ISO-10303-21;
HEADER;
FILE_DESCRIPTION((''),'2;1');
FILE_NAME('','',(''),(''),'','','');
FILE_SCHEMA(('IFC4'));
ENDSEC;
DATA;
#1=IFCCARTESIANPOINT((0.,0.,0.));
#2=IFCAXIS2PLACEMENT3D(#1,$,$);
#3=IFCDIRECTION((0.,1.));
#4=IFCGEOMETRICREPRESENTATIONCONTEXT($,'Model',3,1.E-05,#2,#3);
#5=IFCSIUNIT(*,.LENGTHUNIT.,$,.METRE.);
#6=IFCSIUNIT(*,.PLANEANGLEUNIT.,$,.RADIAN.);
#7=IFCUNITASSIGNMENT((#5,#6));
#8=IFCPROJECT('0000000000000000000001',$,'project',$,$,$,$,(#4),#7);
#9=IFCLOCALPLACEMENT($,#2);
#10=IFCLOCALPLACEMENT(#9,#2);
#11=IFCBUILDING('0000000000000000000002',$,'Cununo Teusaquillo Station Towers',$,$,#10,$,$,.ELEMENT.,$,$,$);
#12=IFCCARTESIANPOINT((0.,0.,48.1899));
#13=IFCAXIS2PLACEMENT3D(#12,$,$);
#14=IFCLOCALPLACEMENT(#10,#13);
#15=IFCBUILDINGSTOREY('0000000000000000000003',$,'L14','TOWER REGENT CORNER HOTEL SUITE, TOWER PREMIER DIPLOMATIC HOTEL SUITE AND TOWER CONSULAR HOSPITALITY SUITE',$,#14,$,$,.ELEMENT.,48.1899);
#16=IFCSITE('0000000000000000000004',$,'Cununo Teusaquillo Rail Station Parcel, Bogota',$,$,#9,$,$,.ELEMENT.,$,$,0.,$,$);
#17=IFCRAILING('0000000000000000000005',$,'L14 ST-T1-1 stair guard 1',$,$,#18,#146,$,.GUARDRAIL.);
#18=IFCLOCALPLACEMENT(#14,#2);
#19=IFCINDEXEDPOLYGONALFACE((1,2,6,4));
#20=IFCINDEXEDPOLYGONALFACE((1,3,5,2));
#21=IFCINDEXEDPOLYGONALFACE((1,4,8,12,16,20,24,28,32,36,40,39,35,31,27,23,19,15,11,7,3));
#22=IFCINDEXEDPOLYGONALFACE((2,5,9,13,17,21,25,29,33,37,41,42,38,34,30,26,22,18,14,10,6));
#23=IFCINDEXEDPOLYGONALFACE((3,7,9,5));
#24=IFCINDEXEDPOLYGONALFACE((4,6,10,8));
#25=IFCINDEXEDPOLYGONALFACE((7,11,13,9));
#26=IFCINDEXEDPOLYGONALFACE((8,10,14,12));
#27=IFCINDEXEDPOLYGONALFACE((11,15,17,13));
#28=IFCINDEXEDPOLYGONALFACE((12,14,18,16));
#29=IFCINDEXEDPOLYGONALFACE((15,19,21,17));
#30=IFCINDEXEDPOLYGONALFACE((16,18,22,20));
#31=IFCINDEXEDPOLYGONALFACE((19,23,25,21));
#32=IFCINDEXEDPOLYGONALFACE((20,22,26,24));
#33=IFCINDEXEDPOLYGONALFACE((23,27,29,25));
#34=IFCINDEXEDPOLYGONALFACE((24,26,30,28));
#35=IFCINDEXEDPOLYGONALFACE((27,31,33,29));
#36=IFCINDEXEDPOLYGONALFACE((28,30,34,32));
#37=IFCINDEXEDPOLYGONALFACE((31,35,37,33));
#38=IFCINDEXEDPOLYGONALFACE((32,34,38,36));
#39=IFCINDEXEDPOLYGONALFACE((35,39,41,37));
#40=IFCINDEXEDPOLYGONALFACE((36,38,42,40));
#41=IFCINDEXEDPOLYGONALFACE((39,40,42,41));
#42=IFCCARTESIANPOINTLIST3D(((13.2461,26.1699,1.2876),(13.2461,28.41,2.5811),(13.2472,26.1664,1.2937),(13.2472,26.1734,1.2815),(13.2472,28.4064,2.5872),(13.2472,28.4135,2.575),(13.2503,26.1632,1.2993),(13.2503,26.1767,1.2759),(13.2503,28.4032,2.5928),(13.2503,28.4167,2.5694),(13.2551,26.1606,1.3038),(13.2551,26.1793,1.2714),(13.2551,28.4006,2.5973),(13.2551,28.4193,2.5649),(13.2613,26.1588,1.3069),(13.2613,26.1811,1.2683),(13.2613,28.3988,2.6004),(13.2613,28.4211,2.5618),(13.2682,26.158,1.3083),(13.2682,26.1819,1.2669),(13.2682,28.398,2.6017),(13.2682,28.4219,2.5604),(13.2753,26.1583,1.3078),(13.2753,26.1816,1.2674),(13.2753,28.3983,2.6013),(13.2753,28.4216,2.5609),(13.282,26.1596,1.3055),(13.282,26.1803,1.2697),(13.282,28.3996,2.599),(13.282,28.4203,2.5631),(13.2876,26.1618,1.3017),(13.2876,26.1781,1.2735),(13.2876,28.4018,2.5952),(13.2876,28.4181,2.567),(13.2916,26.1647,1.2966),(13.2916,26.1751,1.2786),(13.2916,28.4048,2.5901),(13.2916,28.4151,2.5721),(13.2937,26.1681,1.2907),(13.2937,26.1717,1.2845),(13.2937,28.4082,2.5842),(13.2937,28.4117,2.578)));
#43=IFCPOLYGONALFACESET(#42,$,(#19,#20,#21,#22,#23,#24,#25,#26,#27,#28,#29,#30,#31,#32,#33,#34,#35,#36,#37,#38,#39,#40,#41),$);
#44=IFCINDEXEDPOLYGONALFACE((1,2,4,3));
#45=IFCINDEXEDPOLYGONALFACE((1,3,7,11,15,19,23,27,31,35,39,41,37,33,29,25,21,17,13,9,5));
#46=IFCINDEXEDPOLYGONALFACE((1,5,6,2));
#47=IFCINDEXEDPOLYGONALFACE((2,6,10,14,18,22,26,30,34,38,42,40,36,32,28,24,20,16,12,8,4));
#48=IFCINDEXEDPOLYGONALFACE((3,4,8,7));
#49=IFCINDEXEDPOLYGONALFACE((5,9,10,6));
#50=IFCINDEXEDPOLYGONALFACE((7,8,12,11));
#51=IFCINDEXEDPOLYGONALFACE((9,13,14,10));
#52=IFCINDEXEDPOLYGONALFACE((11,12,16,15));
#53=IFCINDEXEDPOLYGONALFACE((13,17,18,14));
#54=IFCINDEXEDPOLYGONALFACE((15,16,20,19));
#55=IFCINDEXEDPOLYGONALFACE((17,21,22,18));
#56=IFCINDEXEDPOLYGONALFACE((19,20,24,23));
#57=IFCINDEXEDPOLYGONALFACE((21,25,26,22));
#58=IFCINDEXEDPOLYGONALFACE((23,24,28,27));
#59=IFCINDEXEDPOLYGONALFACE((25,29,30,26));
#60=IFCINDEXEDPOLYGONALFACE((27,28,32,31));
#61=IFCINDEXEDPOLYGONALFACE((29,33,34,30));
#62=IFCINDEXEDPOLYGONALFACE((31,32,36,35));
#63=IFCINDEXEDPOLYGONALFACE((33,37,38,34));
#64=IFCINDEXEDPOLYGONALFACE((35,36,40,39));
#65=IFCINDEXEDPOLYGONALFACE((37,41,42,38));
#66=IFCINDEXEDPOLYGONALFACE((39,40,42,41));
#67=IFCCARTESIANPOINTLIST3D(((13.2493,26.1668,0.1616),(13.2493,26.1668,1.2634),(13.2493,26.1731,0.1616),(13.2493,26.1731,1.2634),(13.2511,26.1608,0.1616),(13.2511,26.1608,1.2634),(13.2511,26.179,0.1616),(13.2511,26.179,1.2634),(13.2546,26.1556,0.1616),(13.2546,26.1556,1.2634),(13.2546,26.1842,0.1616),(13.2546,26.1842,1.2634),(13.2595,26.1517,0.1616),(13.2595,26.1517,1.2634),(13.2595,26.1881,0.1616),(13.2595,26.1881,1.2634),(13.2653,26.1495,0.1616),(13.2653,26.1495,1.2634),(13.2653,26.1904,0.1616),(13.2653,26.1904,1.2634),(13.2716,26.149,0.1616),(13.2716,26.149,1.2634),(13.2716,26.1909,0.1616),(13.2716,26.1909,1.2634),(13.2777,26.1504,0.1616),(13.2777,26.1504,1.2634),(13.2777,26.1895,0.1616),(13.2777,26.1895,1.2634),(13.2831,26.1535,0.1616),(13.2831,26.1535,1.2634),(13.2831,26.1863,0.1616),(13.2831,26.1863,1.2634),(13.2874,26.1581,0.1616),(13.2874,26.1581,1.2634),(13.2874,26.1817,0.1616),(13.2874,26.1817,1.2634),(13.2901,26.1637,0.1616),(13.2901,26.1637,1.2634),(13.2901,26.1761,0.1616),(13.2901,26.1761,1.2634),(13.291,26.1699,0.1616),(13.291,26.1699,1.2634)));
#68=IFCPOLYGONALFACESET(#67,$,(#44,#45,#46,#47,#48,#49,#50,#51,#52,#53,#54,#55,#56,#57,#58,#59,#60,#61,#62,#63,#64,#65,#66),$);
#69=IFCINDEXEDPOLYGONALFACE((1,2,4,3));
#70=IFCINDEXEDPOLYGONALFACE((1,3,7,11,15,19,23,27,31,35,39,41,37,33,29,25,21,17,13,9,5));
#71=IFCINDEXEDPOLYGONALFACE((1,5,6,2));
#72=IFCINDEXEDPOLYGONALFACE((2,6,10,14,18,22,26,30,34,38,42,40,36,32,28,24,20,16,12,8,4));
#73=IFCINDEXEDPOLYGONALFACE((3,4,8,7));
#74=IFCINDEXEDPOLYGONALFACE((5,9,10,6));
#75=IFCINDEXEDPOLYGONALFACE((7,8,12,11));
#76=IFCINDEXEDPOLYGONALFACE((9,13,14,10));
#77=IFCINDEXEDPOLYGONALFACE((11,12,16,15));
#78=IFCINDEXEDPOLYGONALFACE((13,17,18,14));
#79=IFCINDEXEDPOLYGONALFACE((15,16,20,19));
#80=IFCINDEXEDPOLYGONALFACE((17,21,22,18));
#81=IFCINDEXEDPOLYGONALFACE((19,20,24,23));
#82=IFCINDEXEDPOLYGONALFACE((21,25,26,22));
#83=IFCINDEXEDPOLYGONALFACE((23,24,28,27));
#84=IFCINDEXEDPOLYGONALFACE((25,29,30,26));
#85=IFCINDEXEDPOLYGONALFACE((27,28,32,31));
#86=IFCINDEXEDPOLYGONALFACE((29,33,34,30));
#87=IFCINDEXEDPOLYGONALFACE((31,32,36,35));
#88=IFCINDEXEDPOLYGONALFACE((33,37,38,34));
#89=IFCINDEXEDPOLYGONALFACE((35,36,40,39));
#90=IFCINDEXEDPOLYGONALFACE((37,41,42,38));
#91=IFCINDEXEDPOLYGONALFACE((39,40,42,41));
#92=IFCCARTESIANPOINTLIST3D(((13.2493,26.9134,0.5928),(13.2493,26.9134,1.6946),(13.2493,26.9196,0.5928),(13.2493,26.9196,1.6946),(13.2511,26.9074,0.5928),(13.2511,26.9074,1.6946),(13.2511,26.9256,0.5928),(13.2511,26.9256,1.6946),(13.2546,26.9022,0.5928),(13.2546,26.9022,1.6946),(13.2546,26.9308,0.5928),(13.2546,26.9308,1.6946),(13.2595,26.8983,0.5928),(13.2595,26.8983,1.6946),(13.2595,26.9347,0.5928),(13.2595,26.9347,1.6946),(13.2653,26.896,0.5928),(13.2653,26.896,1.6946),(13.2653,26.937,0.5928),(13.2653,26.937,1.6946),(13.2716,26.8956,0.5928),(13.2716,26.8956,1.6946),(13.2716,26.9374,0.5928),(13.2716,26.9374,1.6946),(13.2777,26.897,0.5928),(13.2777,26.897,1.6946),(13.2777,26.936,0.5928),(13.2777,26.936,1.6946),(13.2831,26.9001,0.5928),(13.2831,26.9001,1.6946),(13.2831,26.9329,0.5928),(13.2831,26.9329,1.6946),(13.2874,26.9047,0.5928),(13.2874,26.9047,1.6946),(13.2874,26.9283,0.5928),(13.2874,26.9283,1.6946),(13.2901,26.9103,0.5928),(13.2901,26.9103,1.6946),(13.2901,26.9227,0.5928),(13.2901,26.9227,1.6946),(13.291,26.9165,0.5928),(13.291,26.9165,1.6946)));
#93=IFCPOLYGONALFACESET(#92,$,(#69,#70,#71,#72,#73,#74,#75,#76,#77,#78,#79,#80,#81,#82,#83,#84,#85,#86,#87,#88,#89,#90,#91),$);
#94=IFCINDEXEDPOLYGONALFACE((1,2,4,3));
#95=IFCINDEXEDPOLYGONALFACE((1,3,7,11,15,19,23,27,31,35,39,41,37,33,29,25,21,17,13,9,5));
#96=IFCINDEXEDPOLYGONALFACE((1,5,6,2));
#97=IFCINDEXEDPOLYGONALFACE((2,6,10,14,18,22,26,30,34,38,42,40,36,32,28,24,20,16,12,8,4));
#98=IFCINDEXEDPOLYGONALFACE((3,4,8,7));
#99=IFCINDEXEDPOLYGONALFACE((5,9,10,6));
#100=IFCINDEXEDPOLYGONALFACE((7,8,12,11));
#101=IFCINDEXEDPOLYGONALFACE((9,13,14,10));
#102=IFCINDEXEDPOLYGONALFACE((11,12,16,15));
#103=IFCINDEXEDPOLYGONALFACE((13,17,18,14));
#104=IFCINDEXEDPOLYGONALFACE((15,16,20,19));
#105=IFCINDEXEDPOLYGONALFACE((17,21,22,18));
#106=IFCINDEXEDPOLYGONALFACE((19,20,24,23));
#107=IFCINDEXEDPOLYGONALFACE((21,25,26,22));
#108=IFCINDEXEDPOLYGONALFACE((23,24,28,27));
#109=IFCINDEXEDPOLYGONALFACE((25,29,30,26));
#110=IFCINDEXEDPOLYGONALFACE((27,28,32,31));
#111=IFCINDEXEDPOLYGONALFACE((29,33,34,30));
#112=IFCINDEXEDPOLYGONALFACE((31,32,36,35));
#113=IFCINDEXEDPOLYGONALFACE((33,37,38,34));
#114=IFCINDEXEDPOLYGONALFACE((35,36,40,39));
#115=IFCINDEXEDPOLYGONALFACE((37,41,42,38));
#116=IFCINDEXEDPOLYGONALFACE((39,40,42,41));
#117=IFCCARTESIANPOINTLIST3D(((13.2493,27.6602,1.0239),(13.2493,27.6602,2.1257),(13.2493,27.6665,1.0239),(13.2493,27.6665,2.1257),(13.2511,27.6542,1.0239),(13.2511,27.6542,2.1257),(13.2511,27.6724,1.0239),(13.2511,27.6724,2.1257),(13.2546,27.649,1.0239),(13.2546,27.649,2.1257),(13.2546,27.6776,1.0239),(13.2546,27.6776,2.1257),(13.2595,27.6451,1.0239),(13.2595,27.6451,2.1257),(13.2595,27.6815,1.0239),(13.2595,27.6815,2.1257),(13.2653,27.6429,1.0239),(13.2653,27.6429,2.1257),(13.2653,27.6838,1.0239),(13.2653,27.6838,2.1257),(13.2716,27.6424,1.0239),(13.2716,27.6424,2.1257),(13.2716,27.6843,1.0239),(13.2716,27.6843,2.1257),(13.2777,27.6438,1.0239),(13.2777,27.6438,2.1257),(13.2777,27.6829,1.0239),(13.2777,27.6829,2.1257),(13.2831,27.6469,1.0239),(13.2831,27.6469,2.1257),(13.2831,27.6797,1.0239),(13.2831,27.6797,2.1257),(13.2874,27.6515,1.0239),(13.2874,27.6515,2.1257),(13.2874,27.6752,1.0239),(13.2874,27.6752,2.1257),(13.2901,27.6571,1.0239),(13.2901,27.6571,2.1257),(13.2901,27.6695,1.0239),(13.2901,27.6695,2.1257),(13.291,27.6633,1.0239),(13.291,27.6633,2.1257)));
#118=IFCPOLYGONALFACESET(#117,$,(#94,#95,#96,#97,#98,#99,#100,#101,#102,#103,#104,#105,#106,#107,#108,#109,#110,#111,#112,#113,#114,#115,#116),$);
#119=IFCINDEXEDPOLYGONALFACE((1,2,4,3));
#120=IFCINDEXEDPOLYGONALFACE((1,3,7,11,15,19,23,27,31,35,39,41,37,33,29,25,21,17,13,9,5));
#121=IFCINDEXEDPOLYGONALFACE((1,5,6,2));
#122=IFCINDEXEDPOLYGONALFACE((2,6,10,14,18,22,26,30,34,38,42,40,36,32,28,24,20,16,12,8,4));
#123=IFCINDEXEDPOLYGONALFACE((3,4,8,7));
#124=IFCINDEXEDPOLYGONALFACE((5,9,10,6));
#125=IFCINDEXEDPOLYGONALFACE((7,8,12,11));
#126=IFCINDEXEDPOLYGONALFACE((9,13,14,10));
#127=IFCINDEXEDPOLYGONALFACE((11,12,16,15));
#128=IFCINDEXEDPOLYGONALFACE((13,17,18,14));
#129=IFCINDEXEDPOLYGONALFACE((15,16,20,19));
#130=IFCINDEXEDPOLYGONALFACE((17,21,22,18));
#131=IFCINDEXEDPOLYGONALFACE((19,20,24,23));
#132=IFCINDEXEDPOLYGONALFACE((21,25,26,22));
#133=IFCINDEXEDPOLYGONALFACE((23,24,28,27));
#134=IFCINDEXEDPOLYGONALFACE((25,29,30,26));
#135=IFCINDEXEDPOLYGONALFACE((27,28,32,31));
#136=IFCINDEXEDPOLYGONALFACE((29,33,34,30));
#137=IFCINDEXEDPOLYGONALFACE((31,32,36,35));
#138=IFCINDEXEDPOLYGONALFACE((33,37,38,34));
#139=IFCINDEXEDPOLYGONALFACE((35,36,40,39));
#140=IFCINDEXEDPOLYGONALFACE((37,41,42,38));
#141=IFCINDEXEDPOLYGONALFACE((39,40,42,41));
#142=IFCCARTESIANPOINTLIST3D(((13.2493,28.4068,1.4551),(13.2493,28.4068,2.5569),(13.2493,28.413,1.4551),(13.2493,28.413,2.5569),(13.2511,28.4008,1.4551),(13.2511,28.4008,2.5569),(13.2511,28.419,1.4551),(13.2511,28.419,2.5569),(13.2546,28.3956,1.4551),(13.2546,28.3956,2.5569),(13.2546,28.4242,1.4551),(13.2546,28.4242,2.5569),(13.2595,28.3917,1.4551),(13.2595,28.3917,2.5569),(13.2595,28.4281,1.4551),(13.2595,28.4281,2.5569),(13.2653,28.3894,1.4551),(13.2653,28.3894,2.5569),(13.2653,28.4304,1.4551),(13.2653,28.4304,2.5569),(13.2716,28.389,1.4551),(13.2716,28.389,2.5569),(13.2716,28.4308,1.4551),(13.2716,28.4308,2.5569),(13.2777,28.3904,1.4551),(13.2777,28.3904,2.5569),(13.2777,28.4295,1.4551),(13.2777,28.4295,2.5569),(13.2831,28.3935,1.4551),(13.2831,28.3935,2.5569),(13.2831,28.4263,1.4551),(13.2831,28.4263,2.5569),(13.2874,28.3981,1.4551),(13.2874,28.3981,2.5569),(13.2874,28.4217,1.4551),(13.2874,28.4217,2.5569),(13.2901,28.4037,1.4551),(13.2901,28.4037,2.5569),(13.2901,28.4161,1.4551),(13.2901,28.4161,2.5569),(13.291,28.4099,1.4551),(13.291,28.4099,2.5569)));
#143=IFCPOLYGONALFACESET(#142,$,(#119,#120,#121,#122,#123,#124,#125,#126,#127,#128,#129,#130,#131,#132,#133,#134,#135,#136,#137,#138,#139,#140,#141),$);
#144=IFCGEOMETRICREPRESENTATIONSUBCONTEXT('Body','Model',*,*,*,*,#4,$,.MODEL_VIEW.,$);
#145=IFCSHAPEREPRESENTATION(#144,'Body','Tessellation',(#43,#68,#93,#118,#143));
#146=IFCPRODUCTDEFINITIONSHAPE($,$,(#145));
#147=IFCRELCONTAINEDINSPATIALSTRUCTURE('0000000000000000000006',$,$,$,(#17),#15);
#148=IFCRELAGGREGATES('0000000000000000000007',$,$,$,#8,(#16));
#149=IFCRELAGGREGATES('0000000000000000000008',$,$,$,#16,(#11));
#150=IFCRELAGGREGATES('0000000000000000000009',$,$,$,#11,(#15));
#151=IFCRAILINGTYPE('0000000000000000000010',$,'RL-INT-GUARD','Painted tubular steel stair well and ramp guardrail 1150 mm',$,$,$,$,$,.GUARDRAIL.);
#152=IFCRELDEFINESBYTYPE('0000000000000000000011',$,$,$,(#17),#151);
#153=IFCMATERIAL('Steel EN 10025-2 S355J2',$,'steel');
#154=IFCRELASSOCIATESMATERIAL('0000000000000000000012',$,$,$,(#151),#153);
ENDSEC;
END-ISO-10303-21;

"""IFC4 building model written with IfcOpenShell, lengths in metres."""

from ifc_helpers import new_model, si_unit, direction, frame, origin, origin_2d, place, context, subcontext, project, spatial, circle, extrude, material, type_object, element, save


model = new_model("IFC4")

# Units and contexts
model_context = context("Model", 3, precision=1e-05, world=origin(), true_north=direction((0.0, 1.0)))
body_context = subcontext(model_context, "Body", "Model", "MODEL_VIEW")
ifc_project = project(units=[si_unit("LENGTHUNIT", "METRE"), si_unit("PLANEANGLEUNIT", "RADIAN")], contexts=[model_context])

# Site, building, storey
site_placement = place(None, origin())
site = spatial("IfcSite", under=ifc_project, at=site_placement, Name="Cununo Teusaquillo Rail Station Parcel, Bogota", CompositionType="ELEMENT", RefElevation=0.0)
building_placement = place(site_placement, origin())
building = spatial("IfcBuilding", under=site, at=building_placement, Name="Cununo Teusaquillo Station Towers", CompositionType="ELEMENT")
storey_placement = place(building_placement, frame((0.0, 0.0, 48.1899)))
storey = spatial("IfcBuildingStorey", under=building, at=storey_placement, Name="L14", Description="TOWER REGENT CORNER HOTEL SUITE, TOWER PREMIER DIPLOMATIC HOTEL SUITE AND TOWER CONSULAR HOSPITALITY SUITE", CompositionType="ELEMENT", Elevation=48.1899)

# Railing
ifc_material_1 = material(Name="Steel EN 10025-2 S355J2", Category="steel")
railing_type_1 = type_object("IfcRailingType", Name="RL-INT-GUARD", Description="Painted tubular steel stair well and ramp guardrail 1150 mm", PredefinedType="GUARDRAIL", material=ifc_material_1)
railing_1_placement = place(storey_placement, frame((13.27, 26.1699, 0.1616)))
element("IfcRailing", 1, at=railing_1_placement, inside=storey, type_object=railing_type_1, Name="L14 ST-T1-1 stair guard 1", PredefinedType="GUARDRAIL", context=body_context, shape_type="SweptSolid", body=[
    extrude(circle(Radius=0.0239, at=origin_2d()), frame((0.0, 0.0, 1.126), z_axis=(0.0, 0.865992, 0.500057), x_axis=(-1.0, 0.0, 0.0)), (0.0, 0.0, 1.0), 2.5867),
    extrude(circle(Radius=0.021, at=origin_2d()), origin(), (0.0, 0.0, 1.0), 1.1018),
    extrude(circle(Radius=0.021, at=origin_2d()), frame((0.0, 0.7466, 0.4312)), (0.0, 0.0, 1.0), 1.1018),
    extrude(circle(Radius=0.021, at=origin_2d()), frame((0.0, 1.4934, 0.8623)), (0.0, 0.0, 1.0), 1.1018),
    extrude(circle(Radius=0.021, at=origin_2d()), frame((0.0, 2.24, 1.2935)), (0.0, 0.0, 1.0), 1.1018),
])

save(model, "model.ifc")
